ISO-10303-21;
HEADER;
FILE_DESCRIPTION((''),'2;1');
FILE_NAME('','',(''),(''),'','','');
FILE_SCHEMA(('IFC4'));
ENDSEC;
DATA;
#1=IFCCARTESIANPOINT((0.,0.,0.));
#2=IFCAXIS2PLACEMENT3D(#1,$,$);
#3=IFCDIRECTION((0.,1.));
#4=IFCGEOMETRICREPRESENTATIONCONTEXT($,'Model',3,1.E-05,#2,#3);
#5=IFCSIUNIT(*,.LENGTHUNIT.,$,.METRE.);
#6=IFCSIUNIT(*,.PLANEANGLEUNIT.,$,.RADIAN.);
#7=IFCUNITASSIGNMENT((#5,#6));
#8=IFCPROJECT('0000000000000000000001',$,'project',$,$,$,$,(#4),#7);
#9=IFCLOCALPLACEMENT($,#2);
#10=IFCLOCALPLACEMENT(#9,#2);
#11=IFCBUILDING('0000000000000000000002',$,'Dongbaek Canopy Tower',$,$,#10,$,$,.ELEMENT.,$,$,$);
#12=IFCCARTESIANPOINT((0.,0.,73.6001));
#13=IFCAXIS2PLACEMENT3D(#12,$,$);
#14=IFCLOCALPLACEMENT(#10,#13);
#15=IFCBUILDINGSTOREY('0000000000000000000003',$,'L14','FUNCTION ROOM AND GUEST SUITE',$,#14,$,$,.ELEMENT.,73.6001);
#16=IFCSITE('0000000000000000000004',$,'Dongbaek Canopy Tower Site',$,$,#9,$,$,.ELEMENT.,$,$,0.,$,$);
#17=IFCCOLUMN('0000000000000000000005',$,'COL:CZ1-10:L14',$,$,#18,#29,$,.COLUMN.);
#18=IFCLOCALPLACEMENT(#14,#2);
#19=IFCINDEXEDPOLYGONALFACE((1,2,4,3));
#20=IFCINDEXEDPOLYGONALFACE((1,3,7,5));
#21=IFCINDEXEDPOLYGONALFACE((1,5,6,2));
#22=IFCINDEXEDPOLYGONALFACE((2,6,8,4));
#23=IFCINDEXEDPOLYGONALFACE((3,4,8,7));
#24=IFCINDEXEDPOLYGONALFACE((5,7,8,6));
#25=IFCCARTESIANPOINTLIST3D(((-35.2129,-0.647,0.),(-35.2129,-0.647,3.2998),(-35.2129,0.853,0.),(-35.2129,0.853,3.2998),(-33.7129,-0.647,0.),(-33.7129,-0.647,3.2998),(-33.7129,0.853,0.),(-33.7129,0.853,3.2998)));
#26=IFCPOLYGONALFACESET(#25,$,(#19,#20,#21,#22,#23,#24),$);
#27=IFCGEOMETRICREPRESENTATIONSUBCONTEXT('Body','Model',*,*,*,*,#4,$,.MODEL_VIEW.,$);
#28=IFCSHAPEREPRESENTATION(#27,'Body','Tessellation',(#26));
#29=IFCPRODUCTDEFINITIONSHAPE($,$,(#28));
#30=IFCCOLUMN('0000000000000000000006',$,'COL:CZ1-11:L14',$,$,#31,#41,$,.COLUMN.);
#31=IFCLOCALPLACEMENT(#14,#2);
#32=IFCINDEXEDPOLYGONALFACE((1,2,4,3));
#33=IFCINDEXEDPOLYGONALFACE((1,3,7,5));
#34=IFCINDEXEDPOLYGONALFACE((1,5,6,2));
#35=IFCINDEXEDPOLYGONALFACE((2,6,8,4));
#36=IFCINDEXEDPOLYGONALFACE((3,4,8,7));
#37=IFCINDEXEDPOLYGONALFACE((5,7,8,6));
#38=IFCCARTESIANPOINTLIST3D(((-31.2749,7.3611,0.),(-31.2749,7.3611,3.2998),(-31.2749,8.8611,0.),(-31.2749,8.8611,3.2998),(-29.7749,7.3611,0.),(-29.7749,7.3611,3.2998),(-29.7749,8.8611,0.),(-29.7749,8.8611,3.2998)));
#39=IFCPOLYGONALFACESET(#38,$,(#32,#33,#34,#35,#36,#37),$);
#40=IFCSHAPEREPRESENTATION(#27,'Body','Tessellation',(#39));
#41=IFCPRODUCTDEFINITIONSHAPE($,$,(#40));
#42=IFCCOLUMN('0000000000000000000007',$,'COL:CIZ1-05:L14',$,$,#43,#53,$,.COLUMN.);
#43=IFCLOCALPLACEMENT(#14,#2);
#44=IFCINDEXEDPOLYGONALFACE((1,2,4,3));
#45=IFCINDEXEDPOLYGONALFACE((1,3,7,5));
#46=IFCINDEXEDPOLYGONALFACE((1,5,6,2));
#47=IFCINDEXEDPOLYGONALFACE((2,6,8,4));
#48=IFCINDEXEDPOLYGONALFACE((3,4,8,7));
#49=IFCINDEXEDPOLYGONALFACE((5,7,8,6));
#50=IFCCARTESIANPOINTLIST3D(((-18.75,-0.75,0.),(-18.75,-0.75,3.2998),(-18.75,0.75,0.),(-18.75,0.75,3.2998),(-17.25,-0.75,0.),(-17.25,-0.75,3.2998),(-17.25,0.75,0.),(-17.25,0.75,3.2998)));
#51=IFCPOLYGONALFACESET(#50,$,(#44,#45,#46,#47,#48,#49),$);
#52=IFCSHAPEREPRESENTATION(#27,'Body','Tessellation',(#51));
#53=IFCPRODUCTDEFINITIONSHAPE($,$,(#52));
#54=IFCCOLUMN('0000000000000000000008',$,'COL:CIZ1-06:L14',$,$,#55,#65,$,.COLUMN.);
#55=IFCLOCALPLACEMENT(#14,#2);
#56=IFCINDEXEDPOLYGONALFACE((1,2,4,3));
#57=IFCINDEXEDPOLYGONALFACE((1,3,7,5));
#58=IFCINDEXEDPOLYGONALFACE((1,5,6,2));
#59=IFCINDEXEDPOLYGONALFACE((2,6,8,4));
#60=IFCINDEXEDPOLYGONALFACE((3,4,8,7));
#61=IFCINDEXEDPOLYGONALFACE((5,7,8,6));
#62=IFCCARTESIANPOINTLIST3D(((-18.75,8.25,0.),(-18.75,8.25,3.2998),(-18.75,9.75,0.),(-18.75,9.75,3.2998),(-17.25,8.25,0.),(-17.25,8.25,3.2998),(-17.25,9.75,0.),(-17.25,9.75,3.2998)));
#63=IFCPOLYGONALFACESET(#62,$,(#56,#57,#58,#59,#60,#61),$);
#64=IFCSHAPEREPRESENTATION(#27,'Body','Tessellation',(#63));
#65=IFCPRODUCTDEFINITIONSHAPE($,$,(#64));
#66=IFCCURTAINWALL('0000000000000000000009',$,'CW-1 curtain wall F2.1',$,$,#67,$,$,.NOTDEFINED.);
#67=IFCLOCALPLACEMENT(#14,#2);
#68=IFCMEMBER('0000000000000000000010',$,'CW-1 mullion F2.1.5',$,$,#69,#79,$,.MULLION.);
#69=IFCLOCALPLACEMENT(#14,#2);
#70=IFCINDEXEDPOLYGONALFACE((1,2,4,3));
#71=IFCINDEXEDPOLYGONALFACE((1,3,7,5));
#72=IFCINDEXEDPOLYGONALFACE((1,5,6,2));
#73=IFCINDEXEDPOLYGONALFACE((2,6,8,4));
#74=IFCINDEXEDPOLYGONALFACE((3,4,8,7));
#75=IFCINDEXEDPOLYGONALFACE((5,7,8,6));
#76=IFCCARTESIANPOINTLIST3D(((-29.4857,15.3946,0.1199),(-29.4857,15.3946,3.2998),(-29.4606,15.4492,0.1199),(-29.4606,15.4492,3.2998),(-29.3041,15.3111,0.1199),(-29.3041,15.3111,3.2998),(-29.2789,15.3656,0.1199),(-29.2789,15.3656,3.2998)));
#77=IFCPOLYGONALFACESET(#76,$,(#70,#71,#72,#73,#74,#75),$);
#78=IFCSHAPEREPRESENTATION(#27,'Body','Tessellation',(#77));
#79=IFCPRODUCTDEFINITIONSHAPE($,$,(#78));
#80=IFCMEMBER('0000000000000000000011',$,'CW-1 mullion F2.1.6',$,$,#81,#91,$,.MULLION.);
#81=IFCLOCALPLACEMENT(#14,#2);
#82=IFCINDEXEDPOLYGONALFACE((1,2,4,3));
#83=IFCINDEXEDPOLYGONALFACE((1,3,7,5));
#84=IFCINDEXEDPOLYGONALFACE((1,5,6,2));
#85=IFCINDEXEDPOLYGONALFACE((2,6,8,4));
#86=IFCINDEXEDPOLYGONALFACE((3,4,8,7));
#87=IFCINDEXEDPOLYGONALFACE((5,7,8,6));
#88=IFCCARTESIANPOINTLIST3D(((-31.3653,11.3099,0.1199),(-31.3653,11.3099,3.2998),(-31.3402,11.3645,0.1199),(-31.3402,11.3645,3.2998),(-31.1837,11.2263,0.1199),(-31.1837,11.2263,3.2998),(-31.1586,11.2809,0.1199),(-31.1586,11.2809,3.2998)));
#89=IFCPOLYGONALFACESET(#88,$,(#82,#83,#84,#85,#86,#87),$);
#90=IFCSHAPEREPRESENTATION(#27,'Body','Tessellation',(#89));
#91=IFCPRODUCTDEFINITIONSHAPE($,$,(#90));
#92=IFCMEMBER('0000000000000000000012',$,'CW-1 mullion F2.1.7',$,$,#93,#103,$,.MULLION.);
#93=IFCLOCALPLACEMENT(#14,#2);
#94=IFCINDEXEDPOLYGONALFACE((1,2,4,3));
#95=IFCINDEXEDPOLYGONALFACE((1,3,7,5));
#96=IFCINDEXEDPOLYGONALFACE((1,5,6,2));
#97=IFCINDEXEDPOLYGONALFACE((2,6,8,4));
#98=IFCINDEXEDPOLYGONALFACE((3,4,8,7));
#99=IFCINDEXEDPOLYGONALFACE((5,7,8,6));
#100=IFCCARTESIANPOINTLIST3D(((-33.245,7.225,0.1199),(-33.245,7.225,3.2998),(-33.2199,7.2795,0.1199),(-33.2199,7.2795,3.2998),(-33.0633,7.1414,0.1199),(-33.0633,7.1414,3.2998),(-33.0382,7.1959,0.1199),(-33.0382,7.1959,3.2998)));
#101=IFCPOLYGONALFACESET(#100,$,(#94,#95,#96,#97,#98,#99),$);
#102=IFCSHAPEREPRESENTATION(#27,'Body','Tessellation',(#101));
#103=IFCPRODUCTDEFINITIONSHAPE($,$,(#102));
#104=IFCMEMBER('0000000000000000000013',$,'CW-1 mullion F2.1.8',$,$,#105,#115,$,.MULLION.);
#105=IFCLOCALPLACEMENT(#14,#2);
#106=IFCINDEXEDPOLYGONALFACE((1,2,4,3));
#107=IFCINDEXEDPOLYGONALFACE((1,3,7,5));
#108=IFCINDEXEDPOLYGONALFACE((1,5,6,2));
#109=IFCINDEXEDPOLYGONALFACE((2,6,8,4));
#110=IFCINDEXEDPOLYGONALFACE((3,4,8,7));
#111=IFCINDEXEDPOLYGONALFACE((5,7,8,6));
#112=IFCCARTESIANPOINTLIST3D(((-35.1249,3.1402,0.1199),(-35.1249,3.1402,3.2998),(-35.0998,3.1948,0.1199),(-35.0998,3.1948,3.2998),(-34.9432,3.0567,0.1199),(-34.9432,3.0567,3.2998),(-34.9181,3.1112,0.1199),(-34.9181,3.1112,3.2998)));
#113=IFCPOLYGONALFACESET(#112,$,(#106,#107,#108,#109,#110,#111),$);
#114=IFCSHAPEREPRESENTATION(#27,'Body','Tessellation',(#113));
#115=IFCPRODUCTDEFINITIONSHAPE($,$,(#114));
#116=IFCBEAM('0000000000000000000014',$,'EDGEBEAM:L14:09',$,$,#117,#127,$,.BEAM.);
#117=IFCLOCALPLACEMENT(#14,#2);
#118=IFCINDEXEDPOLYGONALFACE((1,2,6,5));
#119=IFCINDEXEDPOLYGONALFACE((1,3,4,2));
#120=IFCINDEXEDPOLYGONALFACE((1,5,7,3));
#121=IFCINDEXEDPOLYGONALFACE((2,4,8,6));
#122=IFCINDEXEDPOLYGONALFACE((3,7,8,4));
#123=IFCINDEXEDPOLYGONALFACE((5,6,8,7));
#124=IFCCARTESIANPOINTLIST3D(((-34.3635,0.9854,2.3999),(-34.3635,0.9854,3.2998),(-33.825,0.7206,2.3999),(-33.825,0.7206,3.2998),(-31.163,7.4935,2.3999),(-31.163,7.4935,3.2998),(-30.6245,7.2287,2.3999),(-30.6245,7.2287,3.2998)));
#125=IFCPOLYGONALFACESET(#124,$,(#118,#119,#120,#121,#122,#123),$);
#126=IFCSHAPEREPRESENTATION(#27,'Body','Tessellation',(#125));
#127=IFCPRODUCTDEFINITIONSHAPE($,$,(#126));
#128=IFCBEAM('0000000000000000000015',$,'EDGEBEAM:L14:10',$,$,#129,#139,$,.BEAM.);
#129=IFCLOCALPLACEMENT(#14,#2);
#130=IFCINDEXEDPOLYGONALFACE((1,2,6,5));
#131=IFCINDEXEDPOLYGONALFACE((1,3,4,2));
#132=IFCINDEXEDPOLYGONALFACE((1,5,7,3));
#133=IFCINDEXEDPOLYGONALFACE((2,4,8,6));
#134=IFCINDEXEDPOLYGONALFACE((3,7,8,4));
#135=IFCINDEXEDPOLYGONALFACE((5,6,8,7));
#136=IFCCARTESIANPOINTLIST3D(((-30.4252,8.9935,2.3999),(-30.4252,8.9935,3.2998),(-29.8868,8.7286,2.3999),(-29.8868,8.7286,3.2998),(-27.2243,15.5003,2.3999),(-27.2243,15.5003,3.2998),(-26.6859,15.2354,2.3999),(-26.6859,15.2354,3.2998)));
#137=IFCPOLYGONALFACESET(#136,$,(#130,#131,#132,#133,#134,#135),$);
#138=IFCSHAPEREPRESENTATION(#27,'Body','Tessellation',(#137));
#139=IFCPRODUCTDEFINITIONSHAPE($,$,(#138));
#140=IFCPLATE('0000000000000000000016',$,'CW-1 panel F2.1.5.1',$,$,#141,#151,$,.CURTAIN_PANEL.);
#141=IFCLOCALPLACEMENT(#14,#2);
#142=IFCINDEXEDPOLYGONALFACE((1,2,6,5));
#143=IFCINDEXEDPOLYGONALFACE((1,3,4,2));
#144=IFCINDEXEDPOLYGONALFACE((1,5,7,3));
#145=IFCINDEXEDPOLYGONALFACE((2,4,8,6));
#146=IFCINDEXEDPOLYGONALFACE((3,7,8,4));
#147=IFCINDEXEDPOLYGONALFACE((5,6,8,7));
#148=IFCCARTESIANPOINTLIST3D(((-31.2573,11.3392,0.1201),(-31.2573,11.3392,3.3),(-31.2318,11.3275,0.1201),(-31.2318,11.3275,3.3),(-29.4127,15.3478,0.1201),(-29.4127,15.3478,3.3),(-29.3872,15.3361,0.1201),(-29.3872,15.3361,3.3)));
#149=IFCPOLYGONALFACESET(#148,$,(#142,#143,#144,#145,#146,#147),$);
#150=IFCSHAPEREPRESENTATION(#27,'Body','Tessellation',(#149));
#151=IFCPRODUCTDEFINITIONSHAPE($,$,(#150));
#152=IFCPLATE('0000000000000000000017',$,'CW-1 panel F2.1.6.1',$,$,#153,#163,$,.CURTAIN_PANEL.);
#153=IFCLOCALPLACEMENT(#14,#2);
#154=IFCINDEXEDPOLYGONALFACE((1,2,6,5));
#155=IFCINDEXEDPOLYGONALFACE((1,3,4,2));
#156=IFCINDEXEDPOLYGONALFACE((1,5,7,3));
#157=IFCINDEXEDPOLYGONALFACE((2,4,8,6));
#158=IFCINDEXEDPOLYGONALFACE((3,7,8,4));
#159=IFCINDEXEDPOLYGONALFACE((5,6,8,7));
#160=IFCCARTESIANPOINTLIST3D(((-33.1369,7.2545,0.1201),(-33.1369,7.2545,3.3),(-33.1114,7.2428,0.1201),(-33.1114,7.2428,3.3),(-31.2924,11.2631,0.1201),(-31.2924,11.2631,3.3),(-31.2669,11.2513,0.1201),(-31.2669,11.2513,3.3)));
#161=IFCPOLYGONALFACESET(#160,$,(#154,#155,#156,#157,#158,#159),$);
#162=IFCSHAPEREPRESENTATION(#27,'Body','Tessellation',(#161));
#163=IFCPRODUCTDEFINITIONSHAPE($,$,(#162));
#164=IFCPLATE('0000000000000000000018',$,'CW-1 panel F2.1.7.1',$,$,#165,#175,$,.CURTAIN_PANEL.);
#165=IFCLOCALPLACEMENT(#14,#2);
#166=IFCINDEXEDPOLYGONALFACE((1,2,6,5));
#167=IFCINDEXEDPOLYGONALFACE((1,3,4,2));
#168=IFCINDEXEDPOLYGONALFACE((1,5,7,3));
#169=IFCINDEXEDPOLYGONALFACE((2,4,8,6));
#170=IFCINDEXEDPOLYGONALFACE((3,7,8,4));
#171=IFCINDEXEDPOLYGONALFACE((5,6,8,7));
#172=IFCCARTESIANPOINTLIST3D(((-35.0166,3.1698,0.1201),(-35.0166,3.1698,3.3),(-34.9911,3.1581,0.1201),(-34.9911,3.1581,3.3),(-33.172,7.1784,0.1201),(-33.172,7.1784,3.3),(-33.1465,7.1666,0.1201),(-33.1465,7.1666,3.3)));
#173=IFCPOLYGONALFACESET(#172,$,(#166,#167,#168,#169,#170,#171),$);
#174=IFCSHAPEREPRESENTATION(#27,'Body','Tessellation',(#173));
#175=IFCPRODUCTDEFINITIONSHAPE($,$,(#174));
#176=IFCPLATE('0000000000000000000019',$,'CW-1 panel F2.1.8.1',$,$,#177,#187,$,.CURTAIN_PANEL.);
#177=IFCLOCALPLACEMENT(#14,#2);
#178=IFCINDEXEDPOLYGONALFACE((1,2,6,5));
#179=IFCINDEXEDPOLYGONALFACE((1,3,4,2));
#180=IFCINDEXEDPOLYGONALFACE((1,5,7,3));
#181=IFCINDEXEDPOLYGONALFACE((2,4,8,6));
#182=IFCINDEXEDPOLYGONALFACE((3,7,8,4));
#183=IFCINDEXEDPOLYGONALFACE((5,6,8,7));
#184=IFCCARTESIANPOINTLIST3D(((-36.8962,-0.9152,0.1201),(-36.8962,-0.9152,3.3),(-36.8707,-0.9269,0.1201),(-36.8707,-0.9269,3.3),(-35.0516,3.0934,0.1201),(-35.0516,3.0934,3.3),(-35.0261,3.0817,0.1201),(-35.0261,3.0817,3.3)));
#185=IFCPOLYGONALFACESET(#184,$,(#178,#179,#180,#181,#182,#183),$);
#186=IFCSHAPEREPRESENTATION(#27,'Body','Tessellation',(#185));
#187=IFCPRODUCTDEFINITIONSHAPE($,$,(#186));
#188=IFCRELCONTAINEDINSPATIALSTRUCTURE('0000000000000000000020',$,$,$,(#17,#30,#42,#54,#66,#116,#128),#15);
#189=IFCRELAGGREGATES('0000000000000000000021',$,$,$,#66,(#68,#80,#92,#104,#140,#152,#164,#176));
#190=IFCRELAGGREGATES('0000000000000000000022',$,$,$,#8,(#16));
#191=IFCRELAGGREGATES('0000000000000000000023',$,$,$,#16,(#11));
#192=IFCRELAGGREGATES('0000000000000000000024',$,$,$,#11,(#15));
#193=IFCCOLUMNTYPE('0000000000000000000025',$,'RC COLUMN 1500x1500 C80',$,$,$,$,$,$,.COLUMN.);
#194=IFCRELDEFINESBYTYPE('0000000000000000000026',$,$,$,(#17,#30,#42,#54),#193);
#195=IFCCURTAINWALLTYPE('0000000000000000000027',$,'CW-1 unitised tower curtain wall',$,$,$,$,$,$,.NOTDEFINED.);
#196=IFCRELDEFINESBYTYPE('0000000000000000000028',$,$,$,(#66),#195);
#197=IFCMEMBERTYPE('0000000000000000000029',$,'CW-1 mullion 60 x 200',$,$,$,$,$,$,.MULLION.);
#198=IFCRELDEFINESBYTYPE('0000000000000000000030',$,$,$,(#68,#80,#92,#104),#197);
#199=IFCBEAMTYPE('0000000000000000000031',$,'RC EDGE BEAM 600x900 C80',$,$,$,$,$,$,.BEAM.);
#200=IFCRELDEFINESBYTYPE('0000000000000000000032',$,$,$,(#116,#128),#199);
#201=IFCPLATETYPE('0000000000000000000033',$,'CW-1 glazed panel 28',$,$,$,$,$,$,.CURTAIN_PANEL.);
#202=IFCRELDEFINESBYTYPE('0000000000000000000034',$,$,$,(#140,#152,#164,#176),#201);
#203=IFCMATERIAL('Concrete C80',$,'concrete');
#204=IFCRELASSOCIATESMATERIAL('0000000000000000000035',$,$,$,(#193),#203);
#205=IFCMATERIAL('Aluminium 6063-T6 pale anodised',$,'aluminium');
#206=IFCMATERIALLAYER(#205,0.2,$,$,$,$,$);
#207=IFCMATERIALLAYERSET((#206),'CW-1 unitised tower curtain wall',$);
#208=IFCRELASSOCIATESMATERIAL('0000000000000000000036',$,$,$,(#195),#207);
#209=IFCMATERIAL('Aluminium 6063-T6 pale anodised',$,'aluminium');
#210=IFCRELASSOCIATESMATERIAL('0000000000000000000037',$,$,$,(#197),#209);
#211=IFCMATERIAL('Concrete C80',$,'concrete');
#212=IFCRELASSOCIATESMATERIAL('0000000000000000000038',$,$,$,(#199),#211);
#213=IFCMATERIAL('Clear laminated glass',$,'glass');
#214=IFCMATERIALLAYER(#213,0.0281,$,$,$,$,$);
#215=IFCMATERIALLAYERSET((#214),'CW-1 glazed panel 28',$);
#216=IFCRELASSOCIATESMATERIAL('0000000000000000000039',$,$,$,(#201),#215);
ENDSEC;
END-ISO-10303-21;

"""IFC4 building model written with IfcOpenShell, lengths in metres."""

from ifc_helpers import new_model, si_unit, direction, frame, origin, origin_2d, place, context, subcontext, project, spatial, rectangle, extrude, material, layer, layer_set, material_profile, profile_set, type_object, element, aggregate, save


model = new_model("IFC4")

# Units and contexts
model_context = context("Model", 3, precision=1e-05, world=origin(), true_north=direction((0.0, 1.0)))
body_context = subcontext(model_context, "Body", "Model", "MODEL_VIEW")
ifc_project = project(units=[si_unit("LENGTHUNIT", "METRE"), si_unit("PLANEANGLEUNIT", "RADIAN")], contexts=[model_context])

# Site, building, storey
site_placement = place(None, origin())
site = spatial("IfcSite", under=ifc_project, at=site_placement, Name="Dongbaek Canopy Tower Site", CompositionType="ELEMENT", RefElevation=0.0)
building_placement = place(site_placement, origin())
building = spatial("IfcBuilding", under=site, at=building_placement, Name="Dongbaek Canopy Tower", CompositionType="ELEMENT")
storey_placement = place(building_placement, frame((0.0, 0.0, 73.6001)))
storey = spatial("IfcBuildingStorey", under=building, at=storey_placement, Name="L14", Description="FUNCTION ROOM AND GUEST SUITE", CompositionType="ELEMENT", Elevation=73.6001)

# Columns
ifc_material_1 = material(Name="Concrete C80", Category="concrete")
ifc_material_profile_1 = material_profile(ifc_material_1, rectangle(XDim=1.5, YDim=1.5, at=origin_2d()), Name="RC COLUMN 1500x1500 C80")
ifc_profile_set_1 = profile_set([ifc_material_profile_1], Name="Concrete C80")
column_type = type_object("IfcColumnType", Name="RC COLUMN 1500x1500 C80", PredefinedType="COLUMN", material=ifc_profile_set_1)
for number, where, z_axis, x_axis, name in (
    (1, (-34.4629, 0.103, 0.0), (0.0, 0.0, 1.0), (1.0, 0.0, 0.0), "COL:CZ1-10:L14"),
    (2, (-30.5249, 8.1111, 0.0), (0.0, 0.0, 1.0), (1.0, 0.0, 0.0), "COL:CZ1-11:L14"),
    (3, (-18.0, 0.0, 0.0), (0.0, 0.0, 1.0), (1.0, 0.0, 0.0), "COL:CIZ1-05:L14"),
    (4, (-18.0, 9.0, 0.0), (0.0, 0.0, 1.0), (1.0, 0.0, 0.0), "COL:CIZ1-06:L14"),
):
    element("IfcColumn", number, at=place(storey_placement, frame(where, z_axis=z_axis, x_axis=x_axis)), inside=storey, type_object=column_type, Name=name, PredefinedType="COLUMN", context=body_context, shape_type="SweptSolid", body=[
        extrude(rectangle(XDim=1.5, YDim=1.5, at=origin_2d()), origin(), (0.0, 0.0, 1.0), 3.2998),
    ])

# Curtain wall, members
ifc_material_2 = material(Name="Aluminium 6063-T6 pale anodised", Category="aluminium")
ifc_layer_1 = layer(ifc_material_2, 0.2)
ifc_layer_set_1 = layer_set([ifc_layer_1], Name="CW-1 unitised tower curtain wall")
curtain_wall_type = type_object("IfcCurtainWallType", Name="CW-1 unitised tower curtain wall", PredefinedType="NOTDEFINED", material=ifc_layer_set_1)
curtain_wall_placement = place(storey_placement, origin())
curtain_wall = element("IfcCurtainWall", 5, at=curtain_wall_placement, inside=storey, type_object=curtain_wall_type, Name="CW-1 curtain wall F2.1", PredefinedType="NOTDEFINED")
ifc_material_3 = material(Name="Aluminium 6063-T6 pale anodised", Category="aluminium")
ifc_material_profile_2 = material_profile(ifc_material_3, rectangle(XDim=0.2, YDim=0.0601, at=origin_2d()), Name="CW-1 mullion 60 x 200")
ifc_profile_set_2 = profile_set([ifc_material_profile_2], Name="Aluminium 6063-T6 pale anodised")
member_type = type_object("IfcMemberType", Name="CW-1 mullion 60 x 200", PredefinedType="MULLION", material=ifc_profile_set_2)
member_1_placement = place(storey_placement, frame((-29.3823, 15.3801, 0.1199), z_axis=(0.0, 0.0, 1.0), x_axis=(-0.908436, 0.418025, 0.0)))
member_1 = element("IfcMember", 6, at=member_1_placement, type_object=member_type, Name="CW-1 mullion F2.1.5", PredefinedType="MULLION", context=body_context, shape_type="SweptSolid", body=[
    extrude(rectangle(XDim=0.2, YDim=0.0601, at=origin_2d()), origin(), (0.0, 0.0, 1.0), 3.1799),
])
member_2_placement = place(storey_placement, frame((-31.262, 11.2954, 0.1199), z_axis=(0.0, 0.0, 1.0), x_axis=(-0.908436, 0.418025, 0.0)))
member_2 = element("IfcMember", 7, at=member_2_placement, type_object=member_type, Name="CW-1 mullion F2.1.6", PredefinedType="MULLION", context=body_context, shape_type="SweptSolid", body=[
    extrude(rectangle(XDim=0.2, YDim=0.0601, at=origin_2d()), origin(), (0.0, 0.0, 1.0), 3.1799),
])
member_3_placement = place(storey_placement, frame((-33.1416, 7.2104, 0.1199), z_axis=(0.0, 0.0, 1.0), x_axis=(-0.908436, 0.418025, 0.0)))
member_3 = element("IfcMember", 8, at=member_3_placement, type_object=member_type, Name="CW-1 mullion F2.1.7", PredefinedType="MULLION", context=body_context, shape_type="SweptSolid", body=[
    extrude(rectangle(XDim=0.2, YDim=0.0601, at=origin_2d()), origin(), (0.0, 0.0, 1.0), 3.1799),
])
member_4_placement = place(storey_placement, frame((-35.0215, 3.1257, 0.1199), z_axis=(0.0, 0.0, 1.0), x_axis=(-0.908436, 0.418025, 0.0)))
member_4 = element("IfcMember", 9, at=member_4_placement, type_object=member_type, Name="CW-1 mullion F2.1.8", PredefinedType="MULLION", context=body_context, shape_type="SweptSolid", body=[
    extrude(rectangle(XDim=0.2, YDim=0.0601, at=origin_2d()), origin(), (0.0, 0.0, 1.0), 3.1799),
])

# Beams
ifc_material_4 = material(Name="Concrete C80", Category="concrete")
ifc_material_profile_3 = material_profile(ifc_material_4, rectangle(XDim=0.6001, YDim=0.8999, at=origin_2d()), Name="RC EDGE BEAM 600x900 C80")
ifc_profile_set_3 = profile_set([ifc_material_profile_3], Name="Concrete C80")
beam_type = type_object("IfcBeamType", Name="RC EDGE BEAM 600x900 C80", PredefinedType="BEAM", material=ifc_profile_set_3)
beam_1_placement = place(storey_placement, frame((-34.0942, 0.853, 2.8499), z_axis=(0.441293, 0.897363, 0.0), x_axis=(-0.897363, 0.441293, 0.0)))
element("IfcBeam", 10, at=beam_1_placement, inside=storey, type_object=beam_type, Name="EDGEBEAM:L14:09", PredefinedType="BEAM", context=body_context, shape_type="SweptSolid", body=[
    extrude(rectangle(XDim=0.6001, YDim=0.8999, at=origin_2d()), origin(), (0.0, 0.0, 1.0), 7.2524),
])
beam_2_placement = place(storey_placement, frame((-30.156, 8.8611, 2.8499), z_axis=(0.441413, 0.897304, 0.0), x_axis=(-0.897304, 0.441413, 0.0)))
element("IfcBeam", 11, at=beam_2_placement, inside=storey, type_object=beam_type, Name="EDGEBEAM:L14:10", PredefinedType="BEAM", context=body_context, shape_type="SweptSolid", body=[
    extrude(rectangle(XDim=0.6001, YDim=0.8999, at=origin_2d()), origin(), (0.0, 0.0, 1.0), 7.2515),
])

# Plates
ifc_material_5 = material(Name="Clear laminated glass", Category="glass")
ifc_layer_2 = layer(ifc_material_5, 0.0281)
ifc_layer_set_2 = layer_set([ifc_layer_2], Name="CW-1 glazed panel 28")
plate_type = type_object("IfcPlateType", Name="CW-1 glazed panel 28", PredefinedType="CURTAIN_PANEL", material=ifc_layer_set_2)
plate_1_placement = place(storey_placement, frame((-30.3223, 13.3376, 0.1201), z_axis=(0.0, 0.0, 1.0), x_axis=(-0.418025, -0.908436, 0.0)))
plate_1 = element("IfcPlate", 12, at=plate_1_placement, type_object=plate_type, Name="CW-1 panel F2.1.5.1", PredefinedType="CURTAIN_PANEL", context=body_context, shape_type="SweptSolid", body=[
    extrude(rectangle(XDim=4.4126, YDim=0.0281, at=origin_2d()), origin(), (0.0, 0.0, 1.0), 3.1799),
])
plate_2_placement = place(storey_placement, frame((-32.2019, 9.2529, 0.1201), z_axis=(0.0, 0.0, 1.0), x_axis=(-0.418025, -0.908436, 0.0)))
plate_2 = element("IfcPlate", 13, at=plate_2_placement, type_object=plate_type, Name="CW-1 panel F2.1.6.1", PredefinedType="CURTAIN_PANEL", context=body_context, shape_type="SweptSolid", body=[
    extrude(rectangle(XDim=4.4126, YDim=0.0281, at=origin_2d()), origin(), (0.0, 0.0, 1.0), 3.1799),
])
plate_3_placement = place(storey_placement, frame((-34.0815, 5.1682, 0.1201), z_axis=(0.0, 0.0, 1.0), x_axis=(-0.418025, -0.908436, 0.0)))
plate_3 = element("IfcPlate", 14, at=plate_3_placement, type_object=plate_type, Name="CW-1 panel F2.1.7.1", PredefinedType="CURTAIN_PANEL", context=body_context, shape_type="SweptSolid", body=[
    extrude(rectangle(XDim=4.4126, YDim=0.0281, at=origin_2d()), origin(), (0.0, 0.0, 1.0), 3.1799),
])
plate_4_placement = place(storey_placement, frame((-35.9612, 1.0833, 0.1201), z_axis=(0.0, 0.0, 1.0), x_axis=(-0.418025, -0.908436, 0.0)))
plate_4 = element("IfcPlate", 15, at=plate_4_placement, type_object=plate_type, Name="CW-1 panel F2.1.8.1", PredefinedType="CURTAIN_PANEL", context=body_context, shape_type="SweptSolid", body=[
    extrude(rectangle(XDim=4.4126, YDim=0.0281, at=origin_2d()), origin(), (0.0, 0.0, 1.0), 3.1799),
])

aggregate(curtain_wall, [member_1, member_2, member_3, member_4, plate_1, plate_2, plate_3, plate_4])

save(model, "model.ifc")
